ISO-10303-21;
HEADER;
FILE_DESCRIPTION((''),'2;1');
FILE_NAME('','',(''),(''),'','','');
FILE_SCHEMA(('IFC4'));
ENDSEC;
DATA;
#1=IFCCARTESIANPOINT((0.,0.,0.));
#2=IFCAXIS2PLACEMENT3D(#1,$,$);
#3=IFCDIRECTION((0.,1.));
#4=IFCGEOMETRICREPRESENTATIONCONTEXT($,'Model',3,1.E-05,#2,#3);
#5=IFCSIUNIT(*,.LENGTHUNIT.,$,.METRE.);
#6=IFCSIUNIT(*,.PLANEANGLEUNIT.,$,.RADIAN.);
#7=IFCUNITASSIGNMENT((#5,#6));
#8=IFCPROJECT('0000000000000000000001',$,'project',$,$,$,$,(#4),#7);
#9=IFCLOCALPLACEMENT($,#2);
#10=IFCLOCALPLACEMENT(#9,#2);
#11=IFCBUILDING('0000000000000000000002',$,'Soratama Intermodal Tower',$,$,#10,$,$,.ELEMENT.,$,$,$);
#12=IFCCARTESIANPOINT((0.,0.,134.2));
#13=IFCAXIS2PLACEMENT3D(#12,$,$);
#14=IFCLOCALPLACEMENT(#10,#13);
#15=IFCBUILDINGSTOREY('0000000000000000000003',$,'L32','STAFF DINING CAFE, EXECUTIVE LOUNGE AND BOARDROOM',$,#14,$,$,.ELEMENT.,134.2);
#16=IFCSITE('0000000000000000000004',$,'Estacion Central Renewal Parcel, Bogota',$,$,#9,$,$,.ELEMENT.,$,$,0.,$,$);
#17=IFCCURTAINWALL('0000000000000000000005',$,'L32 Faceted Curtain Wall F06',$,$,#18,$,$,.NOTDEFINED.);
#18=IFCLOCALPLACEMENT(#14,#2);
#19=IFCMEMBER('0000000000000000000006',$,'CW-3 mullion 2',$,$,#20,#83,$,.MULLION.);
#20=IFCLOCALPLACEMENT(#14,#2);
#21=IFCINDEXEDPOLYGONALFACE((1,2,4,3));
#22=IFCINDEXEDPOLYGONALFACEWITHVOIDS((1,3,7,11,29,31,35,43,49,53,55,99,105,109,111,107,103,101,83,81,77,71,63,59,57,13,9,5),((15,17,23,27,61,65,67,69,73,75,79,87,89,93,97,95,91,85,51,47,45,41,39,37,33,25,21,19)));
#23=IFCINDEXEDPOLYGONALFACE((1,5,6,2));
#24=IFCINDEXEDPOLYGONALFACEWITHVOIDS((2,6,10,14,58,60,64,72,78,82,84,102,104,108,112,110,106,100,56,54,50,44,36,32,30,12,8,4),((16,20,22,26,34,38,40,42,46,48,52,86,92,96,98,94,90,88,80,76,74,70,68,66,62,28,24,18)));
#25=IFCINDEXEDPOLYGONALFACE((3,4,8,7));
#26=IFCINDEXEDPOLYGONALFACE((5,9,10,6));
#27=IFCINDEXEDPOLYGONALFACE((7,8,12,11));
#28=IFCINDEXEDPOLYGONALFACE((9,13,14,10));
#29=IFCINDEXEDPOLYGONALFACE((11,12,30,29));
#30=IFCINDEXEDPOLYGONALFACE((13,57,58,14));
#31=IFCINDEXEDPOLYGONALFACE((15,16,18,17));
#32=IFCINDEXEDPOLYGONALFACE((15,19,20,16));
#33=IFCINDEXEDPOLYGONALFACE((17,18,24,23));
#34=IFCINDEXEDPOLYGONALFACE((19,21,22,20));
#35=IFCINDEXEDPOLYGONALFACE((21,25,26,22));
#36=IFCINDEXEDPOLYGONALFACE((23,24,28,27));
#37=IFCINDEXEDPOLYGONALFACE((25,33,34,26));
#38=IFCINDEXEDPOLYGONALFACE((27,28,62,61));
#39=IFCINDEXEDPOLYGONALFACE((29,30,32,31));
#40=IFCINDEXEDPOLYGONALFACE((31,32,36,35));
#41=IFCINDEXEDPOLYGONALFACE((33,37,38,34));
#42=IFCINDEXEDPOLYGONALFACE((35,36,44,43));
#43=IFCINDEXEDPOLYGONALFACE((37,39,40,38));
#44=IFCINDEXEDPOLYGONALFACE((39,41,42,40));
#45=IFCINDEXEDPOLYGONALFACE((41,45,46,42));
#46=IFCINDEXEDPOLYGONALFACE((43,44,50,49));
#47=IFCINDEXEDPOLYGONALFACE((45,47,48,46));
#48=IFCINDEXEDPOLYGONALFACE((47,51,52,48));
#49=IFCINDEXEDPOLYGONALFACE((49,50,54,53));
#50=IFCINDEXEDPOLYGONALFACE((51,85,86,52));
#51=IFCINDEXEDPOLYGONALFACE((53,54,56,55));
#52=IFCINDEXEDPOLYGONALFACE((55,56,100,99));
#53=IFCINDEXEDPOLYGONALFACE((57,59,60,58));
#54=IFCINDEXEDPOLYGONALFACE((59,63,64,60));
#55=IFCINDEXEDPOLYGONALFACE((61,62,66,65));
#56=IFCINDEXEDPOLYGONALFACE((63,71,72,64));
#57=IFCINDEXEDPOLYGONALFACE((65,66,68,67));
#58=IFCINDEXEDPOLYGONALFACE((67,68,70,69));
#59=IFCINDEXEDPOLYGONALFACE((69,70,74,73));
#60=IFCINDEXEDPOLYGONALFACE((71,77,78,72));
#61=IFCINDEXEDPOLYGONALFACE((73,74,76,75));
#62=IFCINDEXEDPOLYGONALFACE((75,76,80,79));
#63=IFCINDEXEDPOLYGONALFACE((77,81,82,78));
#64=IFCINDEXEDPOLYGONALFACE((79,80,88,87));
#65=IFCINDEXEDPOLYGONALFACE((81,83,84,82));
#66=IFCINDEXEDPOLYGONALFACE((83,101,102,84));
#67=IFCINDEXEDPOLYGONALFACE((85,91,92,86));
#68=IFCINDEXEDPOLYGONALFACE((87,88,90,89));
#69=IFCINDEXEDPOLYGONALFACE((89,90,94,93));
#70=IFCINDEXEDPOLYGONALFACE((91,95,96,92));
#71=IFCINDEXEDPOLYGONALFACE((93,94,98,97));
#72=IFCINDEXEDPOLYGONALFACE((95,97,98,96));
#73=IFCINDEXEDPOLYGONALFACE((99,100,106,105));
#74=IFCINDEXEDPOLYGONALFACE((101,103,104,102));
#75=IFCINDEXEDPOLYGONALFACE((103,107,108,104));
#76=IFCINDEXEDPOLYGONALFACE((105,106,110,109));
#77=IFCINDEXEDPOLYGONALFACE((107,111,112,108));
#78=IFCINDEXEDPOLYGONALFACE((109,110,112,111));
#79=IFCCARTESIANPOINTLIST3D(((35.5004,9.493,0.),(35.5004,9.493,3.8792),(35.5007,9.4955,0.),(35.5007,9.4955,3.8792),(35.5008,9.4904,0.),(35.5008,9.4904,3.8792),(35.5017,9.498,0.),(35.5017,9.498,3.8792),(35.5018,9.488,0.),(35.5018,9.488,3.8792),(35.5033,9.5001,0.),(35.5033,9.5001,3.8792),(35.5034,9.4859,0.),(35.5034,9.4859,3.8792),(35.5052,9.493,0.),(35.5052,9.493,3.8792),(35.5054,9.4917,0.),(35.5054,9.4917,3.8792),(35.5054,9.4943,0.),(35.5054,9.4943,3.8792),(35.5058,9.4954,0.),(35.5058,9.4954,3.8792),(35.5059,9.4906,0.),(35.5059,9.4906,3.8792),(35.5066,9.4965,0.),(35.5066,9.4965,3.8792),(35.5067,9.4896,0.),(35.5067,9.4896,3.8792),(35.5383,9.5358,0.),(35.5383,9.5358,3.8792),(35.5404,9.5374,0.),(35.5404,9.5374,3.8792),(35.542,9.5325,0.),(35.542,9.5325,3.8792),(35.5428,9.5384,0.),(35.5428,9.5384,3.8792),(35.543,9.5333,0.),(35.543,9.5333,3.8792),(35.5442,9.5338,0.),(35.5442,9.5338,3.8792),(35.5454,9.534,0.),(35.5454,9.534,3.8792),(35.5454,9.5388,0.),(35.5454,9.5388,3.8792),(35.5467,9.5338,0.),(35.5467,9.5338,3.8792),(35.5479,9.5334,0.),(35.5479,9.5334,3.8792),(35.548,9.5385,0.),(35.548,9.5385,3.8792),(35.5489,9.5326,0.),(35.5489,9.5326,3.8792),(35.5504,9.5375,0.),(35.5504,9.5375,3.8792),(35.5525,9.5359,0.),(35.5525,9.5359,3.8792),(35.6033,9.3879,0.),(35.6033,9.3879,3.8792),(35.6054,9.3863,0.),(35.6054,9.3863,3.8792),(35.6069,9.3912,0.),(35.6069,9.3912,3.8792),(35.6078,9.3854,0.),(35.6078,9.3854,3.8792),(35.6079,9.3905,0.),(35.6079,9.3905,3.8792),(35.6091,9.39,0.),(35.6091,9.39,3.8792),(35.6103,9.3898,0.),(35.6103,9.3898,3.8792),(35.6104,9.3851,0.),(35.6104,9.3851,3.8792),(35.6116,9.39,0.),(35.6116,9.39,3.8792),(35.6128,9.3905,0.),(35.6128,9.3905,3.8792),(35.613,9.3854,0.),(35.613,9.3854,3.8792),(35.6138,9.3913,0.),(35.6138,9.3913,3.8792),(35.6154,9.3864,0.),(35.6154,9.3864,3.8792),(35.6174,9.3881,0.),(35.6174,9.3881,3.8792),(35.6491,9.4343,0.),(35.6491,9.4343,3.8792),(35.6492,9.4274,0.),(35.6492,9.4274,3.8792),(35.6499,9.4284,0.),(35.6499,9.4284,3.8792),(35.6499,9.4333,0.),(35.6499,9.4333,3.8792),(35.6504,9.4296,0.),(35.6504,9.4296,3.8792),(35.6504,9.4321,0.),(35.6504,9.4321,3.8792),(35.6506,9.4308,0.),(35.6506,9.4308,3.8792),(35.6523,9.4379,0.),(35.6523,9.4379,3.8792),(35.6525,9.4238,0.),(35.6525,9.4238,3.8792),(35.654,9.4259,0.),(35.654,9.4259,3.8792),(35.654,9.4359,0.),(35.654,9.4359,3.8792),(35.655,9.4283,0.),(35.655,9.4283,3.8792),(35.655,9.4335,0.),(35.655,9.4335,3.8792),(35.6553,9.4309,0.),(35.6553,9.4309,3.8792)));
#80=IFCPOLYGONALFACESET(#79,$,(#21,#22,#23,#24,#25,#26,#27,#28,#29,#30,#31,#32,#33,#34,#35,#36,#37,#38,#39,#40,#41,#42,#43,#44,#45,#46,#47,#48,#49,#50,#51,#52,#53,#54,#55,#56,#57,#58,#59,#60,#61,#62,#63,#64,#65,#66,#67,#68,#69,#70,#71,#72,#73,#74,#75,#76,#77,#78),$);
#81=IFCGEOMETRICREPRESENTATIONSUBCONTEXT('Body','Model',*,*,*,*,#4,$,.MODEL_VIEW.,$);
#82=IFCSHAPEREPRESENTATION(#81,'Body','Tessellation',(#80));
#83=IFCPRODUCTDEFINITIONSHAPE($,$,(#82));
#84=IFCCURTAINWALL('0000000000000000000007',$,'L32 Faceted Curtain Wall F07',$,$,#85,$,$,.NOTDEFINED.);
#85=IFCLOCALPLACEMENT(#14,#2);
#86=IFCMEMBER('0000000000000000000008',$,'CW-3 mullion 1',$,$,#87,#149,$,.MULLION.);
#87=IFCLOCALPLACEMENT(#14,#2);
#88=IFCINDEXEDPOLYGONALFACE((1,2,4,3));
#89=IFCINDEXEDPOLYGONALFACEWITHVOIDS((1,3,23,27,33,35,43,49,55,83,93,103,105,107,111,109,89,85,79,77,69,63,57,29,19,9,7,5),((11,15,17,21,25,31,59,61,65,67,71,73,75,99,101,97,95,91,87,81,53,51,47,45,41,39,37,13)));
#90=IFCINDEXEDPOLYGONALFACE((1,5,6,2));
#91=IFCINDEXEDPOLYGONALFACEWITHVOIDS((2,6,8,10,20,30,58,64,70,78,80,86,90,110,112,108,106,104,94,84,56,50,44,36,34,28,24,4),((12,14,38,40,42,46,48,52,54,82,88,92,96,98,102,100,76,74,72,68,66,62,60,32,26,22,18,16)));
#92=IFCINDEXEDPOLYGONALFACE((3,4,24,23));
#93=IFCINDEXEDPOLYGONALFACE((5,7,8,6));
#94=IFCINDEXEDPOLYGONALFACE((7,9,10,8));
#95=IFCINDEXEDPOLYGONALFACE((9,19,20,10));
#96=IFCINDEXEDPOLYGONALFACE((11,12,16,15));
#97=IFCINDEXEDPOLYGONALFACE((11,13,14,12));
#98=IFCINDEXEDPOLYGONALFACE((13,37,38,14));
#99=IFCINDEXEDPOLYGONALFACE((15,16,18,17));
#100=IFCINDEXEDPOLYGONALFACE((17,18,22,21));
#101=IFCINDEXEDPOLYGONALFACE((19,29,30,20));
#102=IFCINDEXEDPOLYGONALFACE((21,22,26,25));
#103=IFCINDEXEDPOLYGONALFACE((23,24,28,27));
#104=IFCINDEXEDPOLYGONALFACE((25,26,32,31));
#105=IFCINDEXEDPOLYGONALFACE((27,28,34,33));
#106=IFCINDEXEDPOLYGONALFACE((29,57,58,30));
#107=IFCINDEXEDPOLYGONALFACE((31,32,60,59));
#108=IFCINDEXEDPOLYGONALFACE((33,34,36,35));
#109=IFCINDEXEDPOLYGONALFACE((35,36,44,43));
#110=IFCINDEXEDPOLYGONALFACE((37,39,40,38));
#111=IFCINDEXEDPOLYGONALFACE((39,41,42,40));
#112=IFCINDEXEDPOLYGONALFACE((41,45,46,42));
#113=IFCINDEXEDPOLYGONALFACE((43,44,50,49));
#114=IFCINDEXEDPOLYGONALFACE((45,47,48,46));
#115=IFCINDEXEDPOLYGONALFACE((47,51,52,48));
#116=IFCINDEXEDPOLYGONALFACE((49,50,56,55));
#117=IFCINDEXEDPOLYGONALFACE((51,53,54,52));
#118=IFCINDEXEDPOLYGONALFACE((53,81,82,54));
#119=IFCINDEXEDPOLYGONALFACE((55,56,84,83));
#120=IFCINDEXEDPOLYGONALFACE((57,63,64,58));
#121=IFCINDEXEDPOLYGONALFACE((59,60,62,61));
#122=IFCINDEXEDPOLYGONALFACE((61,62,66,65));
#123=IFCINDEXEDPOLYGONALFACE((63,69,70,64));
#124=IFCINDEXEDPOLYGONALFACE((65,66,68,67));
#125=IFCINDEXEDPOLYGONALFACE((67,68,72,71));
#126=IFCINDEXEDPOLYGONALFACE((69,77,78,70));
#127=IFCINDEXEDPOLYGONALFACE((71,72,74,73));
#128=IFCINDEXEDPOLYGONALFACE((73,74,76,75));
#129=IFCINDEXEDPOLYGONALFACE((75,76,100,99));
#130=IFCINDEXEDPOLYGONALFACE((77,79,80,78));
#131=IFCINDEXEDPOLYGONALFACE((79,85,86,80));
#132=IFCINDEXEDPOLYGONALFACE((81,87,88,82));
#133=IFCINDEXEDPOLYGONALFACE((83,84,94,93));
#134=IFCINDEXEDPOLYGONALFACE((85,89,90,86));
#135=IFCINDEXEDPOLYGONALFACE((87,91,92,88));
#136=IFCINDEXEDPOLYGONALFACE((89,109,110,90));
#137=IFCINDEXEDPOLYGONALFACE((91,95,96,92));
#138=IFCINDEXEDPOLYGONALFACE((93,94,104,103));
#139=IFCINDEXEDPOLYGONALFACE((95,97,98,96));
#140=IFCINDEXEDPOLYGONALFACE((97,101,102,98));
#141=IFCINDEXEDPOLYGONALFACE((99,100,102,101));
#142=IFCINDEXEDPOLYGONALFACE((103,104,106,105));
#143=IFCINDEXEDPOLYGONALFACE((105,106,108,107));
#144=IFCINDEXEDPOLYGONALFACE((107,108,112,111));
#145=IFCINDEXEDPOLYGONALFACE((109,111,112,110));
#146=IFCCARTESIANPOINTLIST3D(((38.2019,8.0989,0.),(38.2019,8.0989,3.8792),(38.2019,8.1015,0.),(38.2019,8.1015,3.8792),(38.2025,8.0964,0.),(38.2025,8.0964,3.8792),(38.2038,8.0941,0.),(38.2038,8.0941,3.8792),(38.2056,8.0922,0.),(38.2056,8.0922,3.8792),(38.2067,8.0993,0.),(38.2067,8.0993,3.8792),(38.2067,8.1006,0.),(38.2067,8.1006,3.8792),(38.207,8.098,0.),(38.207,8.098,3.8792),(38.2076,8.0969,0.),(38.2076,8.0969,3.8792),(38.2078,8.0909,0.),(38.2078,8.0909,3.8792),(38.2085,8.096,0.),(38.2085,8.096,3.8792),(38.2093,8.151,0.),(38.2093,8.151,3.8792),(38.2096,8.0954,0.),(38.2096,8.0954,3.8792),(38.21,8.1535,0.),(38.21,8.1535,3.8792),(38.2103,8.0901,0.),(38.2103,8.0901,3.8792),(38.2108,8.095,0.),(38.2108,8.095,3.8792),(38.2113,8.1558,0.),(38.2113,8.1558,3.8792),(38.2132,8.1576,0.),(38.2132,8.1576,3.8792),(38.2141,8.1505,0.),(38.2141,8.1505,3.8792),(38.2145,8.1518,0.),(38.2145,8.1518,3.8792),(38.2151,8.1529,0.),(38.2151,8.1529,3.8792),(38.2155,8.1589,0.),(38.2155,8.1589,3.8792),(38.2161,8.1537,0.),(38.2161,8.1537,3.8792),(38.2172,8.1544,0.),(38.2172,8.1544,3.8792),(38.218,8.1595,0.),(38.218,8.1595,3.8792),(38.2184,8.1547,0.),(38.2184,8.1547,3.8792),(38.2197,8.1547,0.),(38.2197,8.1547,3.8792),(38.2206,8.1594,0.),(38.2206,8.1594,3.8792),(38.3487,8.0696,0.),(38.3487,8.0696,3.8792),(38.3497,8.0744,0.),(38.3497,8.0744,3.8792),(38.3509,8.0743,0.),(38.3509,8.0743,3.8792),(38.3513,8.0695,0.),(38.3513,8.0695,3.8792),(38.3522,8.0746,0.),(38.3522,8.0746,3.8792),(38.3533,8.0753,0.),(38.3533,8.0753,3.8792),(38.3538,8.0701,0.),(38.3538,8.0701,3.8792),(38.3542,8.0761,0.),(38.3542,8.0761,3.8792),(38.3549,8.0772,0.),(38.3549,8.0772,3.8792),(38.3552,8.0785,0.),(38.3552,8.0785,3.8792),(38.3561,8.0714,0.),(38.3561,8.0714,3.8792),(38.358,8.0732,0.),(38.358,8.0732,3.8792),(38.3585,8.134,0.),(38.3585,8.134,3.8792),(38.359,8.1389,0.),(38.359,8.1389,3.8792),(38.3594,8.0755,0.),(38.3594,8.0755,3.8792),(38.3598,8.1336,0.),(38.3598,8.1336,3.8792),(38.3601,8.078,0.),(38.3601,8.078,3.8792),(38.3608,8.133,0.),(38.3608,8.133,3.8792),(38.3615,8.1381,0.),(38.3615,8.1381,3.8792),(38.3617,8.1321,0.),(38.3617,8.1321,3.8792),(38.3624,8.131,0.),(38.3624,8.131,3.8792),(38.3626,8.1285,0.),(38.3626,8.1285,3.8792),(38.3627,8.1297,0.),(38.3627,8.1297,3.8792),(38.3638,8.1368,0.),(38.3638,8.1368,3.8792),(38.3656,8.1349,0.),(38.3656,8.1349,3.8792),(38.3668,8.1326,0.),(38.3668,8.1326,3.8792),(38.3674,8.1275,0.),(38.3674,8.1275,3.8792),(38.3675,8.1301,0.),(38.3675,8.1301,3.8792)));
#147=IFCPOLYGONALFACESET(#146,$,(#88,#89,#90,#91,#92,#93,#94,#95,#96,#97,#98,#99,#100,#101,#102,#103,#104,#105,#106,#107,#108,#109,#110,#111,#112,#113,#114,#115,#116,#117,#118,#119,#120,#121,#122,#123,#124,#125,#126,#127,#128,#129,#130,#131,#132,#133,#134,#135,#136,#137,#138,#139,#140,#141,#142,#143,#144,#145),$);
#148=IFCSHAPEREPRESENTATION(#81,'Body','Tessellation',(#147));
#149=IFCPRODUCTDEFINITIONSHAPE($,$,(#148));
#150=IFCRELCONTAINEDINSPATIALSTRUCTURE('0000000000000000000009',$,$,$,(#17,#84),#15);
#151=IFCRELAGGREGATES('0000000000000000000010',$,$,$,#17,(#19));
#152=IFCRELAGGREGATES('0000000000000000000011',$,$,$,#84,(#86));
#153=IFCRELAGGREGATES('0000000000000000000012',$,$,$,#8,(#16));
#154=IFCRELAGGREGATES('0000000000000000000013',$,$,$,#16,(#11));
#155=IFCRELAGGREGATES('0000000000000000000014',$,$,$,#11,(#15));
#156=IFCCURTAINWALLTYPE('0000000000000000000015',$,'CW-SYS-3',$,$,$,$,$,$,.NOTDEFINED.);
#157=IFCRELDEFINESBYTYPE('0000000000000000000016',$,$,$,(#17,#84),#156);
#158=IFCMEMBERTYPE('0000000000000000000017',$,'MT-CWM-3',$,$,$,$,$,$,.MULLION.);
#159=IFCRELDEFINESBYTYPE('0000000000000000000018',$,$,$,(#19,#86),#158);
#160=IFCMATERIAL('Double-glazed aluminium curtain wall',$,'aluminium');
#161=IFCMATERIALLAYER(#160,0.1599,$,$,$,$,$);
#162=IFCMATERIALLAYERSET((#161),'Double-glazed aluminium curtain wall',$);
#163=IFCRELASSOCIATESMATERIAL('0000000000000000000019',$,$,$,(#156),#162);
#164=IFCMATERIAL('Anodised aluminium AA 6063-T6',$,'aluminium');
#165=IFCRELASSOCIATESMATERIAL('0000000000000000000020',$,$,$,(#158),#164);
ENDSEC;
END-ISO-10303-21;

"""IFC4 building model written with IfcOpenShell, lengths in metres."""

from ifc_helpers import new_model, si_unit, direction, frame, origin, origin_2d, place, context, subcontext, project, spatial, hollow_rectangle, extrude, material, layer, layer_set, material_profile, profile_set, type_object, element, aggregate, save


model = new_model("IFC4")

# Units and contexts
model_context = context("Model", 3, precision=1e-05, world=origin(), true_north=direction((0.0, 1.0)))
body_context = subcontext(model_context, "Body", "Model", "MODEL_VIEW")
ifc_project = project(units=[si_unit("LENGTHUNIT", "METRE"), si_unit("PLANEANGLEUNIT", "RADIAN")], contexts=[model_context])

# Site, building, storey
site_placement = place(None, origin())
site = spatial("IfcSite", under=ifc_project, at=site_placement, Name="Estacion Central Renewal Parcel, Bogota", CompositionType="ELEMENT", RefElevation=0.0)
building_placement = place(site_placement, origin())
building = spatial("IfcBuilding", under=site, at=building_placement, Name="Soratama Intermodal Tower", CompositionType="ELEMENT")
storey_placement = place(building_placement, frame((0.0, 0.0, 134.2)))
storey = spatial("IfcBuildingStorey", under=building, at=storey_placement, Name="L32", Description="STAFF DINING CAFE, EXECUTIVE LOUNGE AND BOARDROOM", CompositionType="ELEMENT", Elevation=134.2)

# Curtain wall, member
ifc_material_1 = material(Name="Double-glazed aluminium curtain wall", Category="aluminium")
ifc_layer_1 = layer(ifc_material_1, 0.1599)
ifc_layer_set_1 = layer_set([ifc_layer_1], Name="Double-glazed aluminium curtain wall")
curtain_wall_type = type_object("IfcCurtainWallType", Name="CW-SYS-3", PredefinedType="NOTDEFINED", material=ifc_layer_set_1)
curtain_wall_1_placement = place(storey_placement, origin())
curtain_wall_1 = element("IfcCurtainWall", 1, at=curtain_wall_1_placement, inside=storey, type_object=curtain_wall_type, Name="L32 Faceted Curtain Wall F06", PredefinedType="NOTDEFINED")
ifc_material_2 = material(Name="Anodised aluminium AA 6063-T6", Category="aluminium")
ifc_material_profile_1 = material_profile(ifc_material_2, hollow_rectangle(XDim=0.0701, YDim=0.1599, WallThickness=0.0049, InnerFilletRadius=0.0049, OuterFilletRadius=0.01, at=origin_2d()), Name="CWM160X70X5")
ifc_profile_set_1 = profile_set([ifc_material_profile_1], Name="Anodised aluminium AA 6063-T6")
member_type_1 = type_object("IfcMemberType", Name="MT-CWM-3", PredefinedType="MULLION", material=ifc_profile_set_1)
member_1_placement = place(storey_placement, frame((35.5779, 9.4619, 0.0), z_axis=(0.0, 0.0, 1.0), x_axis=(0.700414, 0.713737, 0.0)))
member_1 = element("IfcMember", 2, at=member_1_placement, type_object=member_type_1, Name="CW-3 mullion 2", PredefinedType="MULLION", context=body_context, shape_type="SweptSolid", body=[
    extrude(hollow_rectangle(XDim=0.0701, YDim=0.1599, WallThickness=0.0049, InnerFilletRadius=0.0049, OuterFilletRadius=0.01, at=origin_2d()), origin(), (0.0, 0.0, 1.0), 3.8792),
])
aggregate(curtain_wall_1, [member_1])

# Curtain wall, member
curtain_wall_2_placement = place(storey_placement, origin())
curtain_wall_2 = element("IfcCurtainWall", 3, at=curtain_wall_2_placement, inside=storey, type_object=curtain_wall_type, Name="L32 Faceted Curtain Wall F07", PredefinedType="NOTDEFINED")
member_2_placement = place(storey_placement, frame((38.2847, 8.1145, 0.0), z_axis=(0.0, 0.0, 1.0), x_axis=(0.14712, 0.989119, 0.0)))
member_2 = element("IfcMember", 4, at=member_2_placement, type_object=member_type_1, Name="CW-3 mullion 1", PredefinedType="MULLION", context=body_context, shape_type="SweptSolid", body=[
    extrude(hollow_rectangle(XDim=0.0701, YDim=0.1599, WallThickness=0.0049, InnerFilletRadius=0.0049, OuterFilletRadius=0.01, at=origin_2d()), origin(), (0.0, 0.0, 1.0), 3.8792),
])
aggregate(curtain_wall_2, [member_2])

save(model, "model.ifc")
